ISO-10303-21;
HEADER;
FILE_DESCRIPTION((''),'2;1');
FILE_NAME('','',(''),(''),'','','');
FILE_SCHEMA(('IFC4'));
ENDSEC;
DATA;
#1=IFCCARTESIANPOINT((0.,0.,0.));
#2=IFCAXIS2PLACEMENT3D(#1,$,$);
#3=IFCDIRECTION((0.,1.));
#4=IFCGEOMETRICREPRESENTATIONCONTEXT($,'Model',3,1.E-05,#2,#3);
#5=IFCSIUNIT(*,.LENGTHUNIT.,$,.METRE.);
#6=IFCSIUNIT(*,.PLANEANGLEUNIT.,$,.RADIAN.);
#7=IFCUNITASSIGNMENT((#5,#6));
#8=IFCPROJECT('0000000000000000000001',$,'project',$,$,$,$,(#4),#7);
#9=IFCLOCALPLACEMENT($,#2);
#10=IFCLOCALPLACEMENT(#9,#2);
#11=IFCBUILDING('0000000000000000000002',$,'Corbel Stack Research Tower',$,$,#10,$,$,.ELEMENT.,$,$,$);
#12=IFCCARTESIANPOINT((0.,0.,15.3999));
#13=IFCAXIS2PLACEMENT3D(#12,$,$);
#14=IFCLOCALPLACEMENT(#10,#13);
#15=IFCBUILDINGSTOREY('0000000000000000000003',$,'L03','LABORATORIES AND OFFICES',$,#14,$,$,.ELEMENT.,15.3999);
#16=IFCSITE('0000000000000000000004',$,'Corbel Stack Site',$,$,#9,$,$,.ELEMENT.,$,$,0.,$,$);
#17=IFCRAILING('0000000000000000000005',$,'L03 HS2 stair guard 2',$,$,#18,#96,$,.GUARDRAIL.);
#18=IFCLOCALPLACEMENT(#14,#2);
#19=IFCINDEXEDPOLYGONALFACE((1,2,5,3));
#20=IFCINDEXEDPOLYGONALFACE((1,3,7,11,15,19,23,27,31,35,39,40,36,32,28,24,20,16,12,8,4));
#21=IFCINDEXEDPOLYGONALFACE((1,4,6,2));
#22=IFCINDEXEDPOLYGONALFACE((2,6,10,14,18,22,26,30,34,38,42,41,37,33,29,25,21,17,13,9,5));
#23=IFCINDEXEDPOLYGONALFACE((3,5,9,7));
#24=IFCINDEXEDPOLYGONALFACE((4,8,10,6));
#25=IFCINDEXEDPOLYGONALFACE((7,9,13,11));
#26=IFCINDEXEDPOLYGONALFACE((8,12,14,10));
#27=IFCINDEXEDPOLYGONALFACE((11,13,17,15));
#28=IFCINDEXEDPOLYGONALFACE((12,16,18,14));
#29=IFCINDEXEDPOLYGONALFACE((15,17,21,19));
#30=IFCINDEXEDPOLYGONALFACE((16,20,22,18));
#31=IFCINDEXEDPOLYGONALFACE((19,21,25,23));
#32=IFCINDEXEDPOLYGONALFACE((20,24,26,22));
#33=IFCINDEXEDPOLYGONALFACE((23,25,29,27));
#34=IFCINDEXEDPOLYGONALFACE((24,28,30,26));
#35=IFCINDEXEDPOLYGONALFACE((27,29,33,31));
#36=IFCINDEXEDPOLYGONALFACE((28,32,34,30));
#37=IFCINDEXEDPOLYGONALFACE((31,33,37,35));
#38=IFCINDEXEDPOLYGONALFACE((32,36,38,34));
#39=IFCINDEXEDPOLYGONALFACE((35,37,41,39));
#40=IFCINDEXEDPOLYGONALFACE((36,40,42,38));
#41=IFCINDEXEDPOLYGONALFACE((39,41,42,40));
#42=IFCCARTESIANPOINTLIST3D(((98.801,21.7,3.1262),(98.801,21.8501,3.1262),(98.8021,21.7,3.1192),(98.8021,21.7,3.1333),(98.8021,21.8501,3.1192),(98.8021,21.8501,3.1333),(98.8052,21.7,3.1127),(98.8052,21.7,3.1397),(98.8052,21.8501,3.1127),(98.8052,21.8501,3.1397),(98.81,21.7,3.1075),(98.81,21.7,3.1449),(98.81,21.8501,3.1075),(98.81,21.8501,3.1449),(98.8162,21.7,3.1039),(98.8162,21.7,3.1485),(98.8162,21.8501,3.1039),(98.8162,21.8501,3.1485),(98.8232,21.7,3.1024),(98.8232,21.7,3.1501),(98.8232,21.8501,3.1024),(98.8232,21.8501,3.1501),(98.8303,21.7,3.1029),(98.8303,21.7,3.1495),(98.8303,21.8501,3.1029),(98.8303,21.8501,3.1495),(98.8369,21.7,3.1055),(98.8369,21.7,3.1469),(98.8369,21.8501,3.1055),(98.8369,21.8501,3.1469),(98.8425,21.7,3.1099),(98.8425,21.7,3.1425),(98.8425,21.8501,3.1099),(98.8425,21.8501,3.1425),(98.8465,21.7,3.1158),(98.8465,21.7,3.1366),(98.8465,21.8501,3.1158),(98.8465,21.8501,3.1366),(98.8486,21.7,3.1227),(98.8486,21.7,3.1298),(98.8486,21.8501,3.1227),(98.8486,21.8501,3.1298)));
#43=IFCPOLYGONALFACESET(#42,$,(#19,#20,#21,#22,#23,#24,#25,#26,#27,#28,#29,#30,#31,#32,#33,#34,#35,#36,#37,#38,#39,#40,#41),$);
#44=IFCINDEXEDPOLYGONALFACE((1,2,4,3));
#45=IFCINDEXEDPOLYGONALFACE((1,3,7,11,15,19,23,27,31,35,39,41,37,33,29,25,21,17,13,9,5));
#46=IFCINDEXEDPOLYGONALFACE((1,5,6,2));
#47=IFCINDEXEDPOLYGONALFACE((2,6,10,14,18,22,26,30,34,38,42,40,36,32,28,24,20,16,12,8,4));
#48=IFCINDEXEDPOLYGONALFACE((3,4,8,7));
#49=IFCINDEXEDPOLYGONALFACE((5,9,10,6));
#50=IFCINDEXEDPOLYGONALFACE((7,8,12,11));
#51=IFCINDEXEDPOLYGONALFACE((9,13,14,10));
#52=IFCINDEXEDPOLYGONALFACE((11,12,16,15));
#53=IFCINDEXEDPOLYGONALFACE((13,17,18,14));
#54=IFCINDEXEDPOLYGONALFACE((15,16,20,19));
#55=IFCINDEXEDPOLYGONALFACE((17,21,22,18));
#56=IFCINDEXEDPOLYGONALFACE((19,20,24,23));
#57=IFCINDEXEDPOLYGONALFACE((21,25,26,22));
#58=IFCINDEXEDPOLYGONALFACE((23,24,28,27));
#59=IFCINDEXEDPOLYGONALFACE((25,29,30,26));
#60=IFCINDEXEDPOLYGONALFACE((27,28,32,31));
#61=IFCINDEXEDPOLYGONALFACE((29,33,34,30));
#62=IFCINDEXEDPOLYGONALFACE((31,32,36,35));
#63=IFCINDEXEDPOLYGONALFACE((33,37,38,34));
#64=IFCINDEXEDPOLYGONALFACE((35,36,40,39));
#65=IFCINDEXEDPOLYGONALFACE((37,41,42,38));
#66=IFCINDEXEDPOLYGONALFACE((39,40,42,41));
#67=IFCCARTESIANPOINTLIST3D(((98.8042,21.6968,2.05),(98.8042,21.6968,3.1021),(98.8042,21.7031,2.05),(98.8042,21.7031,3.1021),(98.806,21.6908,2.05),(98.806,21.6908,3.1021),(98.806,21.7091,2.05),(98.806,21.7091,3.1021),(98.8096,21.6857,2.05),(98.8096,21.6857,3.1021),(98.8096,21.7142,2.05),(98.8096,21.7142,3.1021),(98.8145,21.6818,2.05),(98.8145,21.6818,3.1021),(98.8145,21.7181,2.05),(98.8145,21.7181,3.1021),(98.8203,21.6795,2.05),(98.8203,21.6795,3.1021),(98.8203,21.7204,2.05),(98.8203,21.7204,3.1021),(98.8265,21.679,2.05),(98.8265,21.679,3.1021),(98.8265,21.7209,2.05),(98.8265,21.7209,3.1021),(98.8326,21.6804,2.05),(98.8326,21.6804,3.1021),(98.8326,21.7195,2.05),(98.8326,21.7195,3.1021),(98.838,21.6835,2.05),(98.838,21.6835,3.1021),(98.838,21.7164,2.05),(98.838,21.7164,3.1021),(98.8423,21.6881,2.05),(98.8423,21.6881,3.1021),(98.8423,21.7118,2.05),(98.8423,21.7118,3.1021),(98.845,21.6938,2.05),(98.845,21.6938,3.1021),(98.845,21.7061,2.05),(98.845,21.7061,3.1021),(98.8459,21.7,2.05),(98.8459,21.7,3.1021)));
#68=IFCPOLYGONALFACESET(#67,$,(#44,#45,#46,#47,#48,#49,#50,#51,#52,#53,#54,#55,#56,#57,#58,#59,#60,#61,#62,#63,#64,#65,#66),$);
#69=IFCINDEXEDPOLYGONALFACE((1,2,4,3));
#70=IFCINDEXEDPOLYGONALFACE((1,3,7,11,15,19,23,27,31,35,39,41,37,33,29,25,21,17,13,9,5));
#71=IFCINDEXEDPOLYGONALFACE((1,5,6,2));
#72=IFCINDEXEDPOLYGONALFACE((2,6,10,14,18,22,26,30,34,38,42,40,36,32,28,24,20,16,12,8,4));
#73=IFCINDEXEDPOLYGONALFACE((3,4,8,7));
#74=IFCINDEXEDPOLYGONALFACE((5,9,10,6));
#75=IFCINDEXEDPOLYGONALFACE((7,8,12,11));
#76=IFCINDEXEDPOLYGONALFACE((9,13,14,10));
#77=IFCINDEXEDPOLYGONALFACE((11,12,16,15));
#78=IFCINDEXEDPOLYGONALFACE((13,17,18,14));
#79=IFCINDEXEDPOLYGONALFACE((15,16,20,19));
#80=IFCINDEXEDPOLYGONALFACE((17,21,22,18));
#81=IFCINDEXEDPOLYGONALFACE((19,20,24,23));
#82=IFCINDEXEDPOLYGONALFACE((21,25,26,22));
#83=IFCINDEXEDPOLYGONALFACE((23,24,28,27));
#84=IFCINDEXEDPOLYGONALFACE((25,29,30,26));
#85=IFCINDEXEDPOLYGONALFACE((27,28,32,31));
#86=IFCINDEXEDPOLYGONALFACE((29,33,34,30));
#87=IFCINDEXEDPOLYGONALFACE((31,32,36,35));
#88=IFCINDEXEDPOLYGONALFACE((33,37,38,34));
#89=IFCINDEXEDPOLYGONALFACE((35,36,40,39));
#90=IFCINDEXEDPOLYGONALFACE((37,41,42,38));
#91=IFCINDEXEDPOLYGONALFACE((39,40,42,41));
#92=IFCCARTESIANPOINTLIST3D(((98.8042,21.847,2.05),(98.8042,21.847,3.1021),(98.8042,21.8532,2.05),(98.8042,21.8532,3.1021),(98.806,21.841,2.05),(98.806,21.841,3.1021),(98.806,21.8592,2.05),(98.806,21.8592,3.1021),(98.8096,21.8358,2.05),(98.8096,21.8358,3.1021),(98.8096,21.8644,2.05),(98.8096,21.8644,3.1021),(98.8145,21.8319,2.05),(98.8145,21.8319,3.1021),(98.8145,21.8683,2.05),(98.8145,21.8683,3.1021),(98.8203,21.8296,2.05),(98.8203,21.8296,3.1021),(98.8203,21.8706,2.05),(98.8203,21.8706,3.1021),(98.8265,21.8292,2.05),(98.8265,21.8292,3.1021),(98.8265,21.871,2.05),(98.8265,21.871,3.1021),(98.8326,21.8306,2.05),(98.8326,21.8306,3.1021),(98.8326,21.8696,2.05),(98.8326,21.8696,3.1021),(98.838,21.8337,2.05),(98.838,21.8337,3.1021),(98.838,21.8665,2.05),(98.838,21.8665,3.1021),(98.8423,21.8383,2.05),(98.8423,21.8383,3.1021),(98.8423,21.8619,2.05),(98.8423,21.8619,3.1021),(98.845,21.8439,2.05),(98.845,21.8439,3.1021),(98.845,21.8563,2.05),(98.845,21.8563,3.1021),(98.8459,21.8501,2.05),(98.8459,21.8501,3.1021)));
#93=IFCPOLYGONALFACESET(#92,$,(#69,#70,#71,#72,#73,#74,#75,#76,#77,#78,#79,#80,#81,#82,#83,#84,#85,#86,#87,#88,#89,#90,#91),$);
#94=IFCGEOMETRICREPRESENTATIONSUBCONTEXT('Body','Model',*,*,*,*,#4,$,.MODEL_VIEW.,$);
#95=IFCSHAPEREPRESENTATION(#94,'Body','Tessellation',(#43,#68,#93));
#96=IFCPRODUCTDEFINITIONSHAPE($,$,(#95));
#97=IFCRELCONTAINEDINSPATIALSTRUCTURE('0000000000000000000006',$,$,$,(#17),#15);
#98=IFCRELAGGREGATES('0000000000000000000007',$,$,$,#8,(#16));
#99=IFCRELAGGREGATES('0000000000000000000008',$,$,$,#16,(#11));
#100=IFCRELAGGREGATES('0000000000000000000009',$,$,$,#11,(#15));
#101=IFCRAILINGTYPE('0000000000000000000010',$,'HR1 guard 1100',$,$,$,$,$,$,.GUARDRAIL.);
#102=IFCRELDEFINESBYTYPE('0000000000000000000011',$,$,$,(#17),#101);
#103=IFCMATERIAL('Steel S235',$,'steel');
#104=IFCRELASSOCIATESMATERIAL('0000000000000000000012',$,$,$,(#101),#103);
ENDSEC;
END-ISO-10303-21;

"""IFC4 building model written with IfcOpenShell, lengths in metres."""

from ifc_helpers import new_model, si_unit, direction, frame, origin, origin_2d, place, context, subcontext, project, spatial, circle, extrude, material, type_object, element, save


model = new_model("IFC4")

# Units and contexts
model_context = context("Model", 3, precision=1e-05, world=origin(), true_north=direction((0.0, 1.0)))
body_context = subcontext(model_context, "Body", "Model", "MODEL_VIEW")
ifc_project = project(units=[si_unit("LENGTHUNIT", "METRE"), si_unit("PLANEANGLEUNIT", "RADIAN")], contexts=[model_context])

# Site, building, storey
site_placement = place(None, origin())
site = spatial("IfcSite", under=ifc_project, at=site_placement, Name="Corbel Stack Site", CompositionType="ELEMENT", RefElevation=0.0)
building_placement = place(site_placement, origin())
building = spatial("IfcBuilding", under=site, at=building_placement, Name="Corbel Stack Research Tower", CompositionType="ELEMENT")
storey_placement = place(building_placement, frame((0.0, 0.0, 15.3999)))
storey = spatial("IfcBuildingStorey", under=building, at=storey_placement, Name="L03", Description="LABORATORIES AND OFFICES", CompositionType="ELEMENT", Elevation=15.3999)

# Railing
ifc_material_1 = material(Name="Steel S235", Category="steel")
railing_type_1 = type_object("IfcRailingType", Name="HR1 guard 1100", PredefinedType="GUARDRAIL", material=ifc_material_1)
railing_1_placement = place(storey_placement, frame((98.825, 21.7, 2.05)))
element("IfcRailing", 1, at=railing_1_placement, inside=storey, type_object=railing_type_1, Name="L03 HS2 stair guard 2", PredefinedType="GUARDRAIL", context=body_context, shape_type="SweptSolid", body=[
    extrude(circle(Radius=0.0239, at=origin_2d()), frame((0.0, 0.0, 1.0762), z_axis=(0.0, 1.0, 0.0), x_axis=(-1.0, 0.0, 0.0)), (0.0, 0.0, 1.0), 0.1501),
    extrude(circle(Radius=0.021, at=origin_2d()), origin(), (0.0, 0.0, 1.0), 1.052),
    extrude(circle(Radius=0.021, at=origin_2d()), frame((0.0, 0.1501, 0.0)), (0.0, 0.0, 1.0), 1.052),
])

save(model, "model.ifc")
